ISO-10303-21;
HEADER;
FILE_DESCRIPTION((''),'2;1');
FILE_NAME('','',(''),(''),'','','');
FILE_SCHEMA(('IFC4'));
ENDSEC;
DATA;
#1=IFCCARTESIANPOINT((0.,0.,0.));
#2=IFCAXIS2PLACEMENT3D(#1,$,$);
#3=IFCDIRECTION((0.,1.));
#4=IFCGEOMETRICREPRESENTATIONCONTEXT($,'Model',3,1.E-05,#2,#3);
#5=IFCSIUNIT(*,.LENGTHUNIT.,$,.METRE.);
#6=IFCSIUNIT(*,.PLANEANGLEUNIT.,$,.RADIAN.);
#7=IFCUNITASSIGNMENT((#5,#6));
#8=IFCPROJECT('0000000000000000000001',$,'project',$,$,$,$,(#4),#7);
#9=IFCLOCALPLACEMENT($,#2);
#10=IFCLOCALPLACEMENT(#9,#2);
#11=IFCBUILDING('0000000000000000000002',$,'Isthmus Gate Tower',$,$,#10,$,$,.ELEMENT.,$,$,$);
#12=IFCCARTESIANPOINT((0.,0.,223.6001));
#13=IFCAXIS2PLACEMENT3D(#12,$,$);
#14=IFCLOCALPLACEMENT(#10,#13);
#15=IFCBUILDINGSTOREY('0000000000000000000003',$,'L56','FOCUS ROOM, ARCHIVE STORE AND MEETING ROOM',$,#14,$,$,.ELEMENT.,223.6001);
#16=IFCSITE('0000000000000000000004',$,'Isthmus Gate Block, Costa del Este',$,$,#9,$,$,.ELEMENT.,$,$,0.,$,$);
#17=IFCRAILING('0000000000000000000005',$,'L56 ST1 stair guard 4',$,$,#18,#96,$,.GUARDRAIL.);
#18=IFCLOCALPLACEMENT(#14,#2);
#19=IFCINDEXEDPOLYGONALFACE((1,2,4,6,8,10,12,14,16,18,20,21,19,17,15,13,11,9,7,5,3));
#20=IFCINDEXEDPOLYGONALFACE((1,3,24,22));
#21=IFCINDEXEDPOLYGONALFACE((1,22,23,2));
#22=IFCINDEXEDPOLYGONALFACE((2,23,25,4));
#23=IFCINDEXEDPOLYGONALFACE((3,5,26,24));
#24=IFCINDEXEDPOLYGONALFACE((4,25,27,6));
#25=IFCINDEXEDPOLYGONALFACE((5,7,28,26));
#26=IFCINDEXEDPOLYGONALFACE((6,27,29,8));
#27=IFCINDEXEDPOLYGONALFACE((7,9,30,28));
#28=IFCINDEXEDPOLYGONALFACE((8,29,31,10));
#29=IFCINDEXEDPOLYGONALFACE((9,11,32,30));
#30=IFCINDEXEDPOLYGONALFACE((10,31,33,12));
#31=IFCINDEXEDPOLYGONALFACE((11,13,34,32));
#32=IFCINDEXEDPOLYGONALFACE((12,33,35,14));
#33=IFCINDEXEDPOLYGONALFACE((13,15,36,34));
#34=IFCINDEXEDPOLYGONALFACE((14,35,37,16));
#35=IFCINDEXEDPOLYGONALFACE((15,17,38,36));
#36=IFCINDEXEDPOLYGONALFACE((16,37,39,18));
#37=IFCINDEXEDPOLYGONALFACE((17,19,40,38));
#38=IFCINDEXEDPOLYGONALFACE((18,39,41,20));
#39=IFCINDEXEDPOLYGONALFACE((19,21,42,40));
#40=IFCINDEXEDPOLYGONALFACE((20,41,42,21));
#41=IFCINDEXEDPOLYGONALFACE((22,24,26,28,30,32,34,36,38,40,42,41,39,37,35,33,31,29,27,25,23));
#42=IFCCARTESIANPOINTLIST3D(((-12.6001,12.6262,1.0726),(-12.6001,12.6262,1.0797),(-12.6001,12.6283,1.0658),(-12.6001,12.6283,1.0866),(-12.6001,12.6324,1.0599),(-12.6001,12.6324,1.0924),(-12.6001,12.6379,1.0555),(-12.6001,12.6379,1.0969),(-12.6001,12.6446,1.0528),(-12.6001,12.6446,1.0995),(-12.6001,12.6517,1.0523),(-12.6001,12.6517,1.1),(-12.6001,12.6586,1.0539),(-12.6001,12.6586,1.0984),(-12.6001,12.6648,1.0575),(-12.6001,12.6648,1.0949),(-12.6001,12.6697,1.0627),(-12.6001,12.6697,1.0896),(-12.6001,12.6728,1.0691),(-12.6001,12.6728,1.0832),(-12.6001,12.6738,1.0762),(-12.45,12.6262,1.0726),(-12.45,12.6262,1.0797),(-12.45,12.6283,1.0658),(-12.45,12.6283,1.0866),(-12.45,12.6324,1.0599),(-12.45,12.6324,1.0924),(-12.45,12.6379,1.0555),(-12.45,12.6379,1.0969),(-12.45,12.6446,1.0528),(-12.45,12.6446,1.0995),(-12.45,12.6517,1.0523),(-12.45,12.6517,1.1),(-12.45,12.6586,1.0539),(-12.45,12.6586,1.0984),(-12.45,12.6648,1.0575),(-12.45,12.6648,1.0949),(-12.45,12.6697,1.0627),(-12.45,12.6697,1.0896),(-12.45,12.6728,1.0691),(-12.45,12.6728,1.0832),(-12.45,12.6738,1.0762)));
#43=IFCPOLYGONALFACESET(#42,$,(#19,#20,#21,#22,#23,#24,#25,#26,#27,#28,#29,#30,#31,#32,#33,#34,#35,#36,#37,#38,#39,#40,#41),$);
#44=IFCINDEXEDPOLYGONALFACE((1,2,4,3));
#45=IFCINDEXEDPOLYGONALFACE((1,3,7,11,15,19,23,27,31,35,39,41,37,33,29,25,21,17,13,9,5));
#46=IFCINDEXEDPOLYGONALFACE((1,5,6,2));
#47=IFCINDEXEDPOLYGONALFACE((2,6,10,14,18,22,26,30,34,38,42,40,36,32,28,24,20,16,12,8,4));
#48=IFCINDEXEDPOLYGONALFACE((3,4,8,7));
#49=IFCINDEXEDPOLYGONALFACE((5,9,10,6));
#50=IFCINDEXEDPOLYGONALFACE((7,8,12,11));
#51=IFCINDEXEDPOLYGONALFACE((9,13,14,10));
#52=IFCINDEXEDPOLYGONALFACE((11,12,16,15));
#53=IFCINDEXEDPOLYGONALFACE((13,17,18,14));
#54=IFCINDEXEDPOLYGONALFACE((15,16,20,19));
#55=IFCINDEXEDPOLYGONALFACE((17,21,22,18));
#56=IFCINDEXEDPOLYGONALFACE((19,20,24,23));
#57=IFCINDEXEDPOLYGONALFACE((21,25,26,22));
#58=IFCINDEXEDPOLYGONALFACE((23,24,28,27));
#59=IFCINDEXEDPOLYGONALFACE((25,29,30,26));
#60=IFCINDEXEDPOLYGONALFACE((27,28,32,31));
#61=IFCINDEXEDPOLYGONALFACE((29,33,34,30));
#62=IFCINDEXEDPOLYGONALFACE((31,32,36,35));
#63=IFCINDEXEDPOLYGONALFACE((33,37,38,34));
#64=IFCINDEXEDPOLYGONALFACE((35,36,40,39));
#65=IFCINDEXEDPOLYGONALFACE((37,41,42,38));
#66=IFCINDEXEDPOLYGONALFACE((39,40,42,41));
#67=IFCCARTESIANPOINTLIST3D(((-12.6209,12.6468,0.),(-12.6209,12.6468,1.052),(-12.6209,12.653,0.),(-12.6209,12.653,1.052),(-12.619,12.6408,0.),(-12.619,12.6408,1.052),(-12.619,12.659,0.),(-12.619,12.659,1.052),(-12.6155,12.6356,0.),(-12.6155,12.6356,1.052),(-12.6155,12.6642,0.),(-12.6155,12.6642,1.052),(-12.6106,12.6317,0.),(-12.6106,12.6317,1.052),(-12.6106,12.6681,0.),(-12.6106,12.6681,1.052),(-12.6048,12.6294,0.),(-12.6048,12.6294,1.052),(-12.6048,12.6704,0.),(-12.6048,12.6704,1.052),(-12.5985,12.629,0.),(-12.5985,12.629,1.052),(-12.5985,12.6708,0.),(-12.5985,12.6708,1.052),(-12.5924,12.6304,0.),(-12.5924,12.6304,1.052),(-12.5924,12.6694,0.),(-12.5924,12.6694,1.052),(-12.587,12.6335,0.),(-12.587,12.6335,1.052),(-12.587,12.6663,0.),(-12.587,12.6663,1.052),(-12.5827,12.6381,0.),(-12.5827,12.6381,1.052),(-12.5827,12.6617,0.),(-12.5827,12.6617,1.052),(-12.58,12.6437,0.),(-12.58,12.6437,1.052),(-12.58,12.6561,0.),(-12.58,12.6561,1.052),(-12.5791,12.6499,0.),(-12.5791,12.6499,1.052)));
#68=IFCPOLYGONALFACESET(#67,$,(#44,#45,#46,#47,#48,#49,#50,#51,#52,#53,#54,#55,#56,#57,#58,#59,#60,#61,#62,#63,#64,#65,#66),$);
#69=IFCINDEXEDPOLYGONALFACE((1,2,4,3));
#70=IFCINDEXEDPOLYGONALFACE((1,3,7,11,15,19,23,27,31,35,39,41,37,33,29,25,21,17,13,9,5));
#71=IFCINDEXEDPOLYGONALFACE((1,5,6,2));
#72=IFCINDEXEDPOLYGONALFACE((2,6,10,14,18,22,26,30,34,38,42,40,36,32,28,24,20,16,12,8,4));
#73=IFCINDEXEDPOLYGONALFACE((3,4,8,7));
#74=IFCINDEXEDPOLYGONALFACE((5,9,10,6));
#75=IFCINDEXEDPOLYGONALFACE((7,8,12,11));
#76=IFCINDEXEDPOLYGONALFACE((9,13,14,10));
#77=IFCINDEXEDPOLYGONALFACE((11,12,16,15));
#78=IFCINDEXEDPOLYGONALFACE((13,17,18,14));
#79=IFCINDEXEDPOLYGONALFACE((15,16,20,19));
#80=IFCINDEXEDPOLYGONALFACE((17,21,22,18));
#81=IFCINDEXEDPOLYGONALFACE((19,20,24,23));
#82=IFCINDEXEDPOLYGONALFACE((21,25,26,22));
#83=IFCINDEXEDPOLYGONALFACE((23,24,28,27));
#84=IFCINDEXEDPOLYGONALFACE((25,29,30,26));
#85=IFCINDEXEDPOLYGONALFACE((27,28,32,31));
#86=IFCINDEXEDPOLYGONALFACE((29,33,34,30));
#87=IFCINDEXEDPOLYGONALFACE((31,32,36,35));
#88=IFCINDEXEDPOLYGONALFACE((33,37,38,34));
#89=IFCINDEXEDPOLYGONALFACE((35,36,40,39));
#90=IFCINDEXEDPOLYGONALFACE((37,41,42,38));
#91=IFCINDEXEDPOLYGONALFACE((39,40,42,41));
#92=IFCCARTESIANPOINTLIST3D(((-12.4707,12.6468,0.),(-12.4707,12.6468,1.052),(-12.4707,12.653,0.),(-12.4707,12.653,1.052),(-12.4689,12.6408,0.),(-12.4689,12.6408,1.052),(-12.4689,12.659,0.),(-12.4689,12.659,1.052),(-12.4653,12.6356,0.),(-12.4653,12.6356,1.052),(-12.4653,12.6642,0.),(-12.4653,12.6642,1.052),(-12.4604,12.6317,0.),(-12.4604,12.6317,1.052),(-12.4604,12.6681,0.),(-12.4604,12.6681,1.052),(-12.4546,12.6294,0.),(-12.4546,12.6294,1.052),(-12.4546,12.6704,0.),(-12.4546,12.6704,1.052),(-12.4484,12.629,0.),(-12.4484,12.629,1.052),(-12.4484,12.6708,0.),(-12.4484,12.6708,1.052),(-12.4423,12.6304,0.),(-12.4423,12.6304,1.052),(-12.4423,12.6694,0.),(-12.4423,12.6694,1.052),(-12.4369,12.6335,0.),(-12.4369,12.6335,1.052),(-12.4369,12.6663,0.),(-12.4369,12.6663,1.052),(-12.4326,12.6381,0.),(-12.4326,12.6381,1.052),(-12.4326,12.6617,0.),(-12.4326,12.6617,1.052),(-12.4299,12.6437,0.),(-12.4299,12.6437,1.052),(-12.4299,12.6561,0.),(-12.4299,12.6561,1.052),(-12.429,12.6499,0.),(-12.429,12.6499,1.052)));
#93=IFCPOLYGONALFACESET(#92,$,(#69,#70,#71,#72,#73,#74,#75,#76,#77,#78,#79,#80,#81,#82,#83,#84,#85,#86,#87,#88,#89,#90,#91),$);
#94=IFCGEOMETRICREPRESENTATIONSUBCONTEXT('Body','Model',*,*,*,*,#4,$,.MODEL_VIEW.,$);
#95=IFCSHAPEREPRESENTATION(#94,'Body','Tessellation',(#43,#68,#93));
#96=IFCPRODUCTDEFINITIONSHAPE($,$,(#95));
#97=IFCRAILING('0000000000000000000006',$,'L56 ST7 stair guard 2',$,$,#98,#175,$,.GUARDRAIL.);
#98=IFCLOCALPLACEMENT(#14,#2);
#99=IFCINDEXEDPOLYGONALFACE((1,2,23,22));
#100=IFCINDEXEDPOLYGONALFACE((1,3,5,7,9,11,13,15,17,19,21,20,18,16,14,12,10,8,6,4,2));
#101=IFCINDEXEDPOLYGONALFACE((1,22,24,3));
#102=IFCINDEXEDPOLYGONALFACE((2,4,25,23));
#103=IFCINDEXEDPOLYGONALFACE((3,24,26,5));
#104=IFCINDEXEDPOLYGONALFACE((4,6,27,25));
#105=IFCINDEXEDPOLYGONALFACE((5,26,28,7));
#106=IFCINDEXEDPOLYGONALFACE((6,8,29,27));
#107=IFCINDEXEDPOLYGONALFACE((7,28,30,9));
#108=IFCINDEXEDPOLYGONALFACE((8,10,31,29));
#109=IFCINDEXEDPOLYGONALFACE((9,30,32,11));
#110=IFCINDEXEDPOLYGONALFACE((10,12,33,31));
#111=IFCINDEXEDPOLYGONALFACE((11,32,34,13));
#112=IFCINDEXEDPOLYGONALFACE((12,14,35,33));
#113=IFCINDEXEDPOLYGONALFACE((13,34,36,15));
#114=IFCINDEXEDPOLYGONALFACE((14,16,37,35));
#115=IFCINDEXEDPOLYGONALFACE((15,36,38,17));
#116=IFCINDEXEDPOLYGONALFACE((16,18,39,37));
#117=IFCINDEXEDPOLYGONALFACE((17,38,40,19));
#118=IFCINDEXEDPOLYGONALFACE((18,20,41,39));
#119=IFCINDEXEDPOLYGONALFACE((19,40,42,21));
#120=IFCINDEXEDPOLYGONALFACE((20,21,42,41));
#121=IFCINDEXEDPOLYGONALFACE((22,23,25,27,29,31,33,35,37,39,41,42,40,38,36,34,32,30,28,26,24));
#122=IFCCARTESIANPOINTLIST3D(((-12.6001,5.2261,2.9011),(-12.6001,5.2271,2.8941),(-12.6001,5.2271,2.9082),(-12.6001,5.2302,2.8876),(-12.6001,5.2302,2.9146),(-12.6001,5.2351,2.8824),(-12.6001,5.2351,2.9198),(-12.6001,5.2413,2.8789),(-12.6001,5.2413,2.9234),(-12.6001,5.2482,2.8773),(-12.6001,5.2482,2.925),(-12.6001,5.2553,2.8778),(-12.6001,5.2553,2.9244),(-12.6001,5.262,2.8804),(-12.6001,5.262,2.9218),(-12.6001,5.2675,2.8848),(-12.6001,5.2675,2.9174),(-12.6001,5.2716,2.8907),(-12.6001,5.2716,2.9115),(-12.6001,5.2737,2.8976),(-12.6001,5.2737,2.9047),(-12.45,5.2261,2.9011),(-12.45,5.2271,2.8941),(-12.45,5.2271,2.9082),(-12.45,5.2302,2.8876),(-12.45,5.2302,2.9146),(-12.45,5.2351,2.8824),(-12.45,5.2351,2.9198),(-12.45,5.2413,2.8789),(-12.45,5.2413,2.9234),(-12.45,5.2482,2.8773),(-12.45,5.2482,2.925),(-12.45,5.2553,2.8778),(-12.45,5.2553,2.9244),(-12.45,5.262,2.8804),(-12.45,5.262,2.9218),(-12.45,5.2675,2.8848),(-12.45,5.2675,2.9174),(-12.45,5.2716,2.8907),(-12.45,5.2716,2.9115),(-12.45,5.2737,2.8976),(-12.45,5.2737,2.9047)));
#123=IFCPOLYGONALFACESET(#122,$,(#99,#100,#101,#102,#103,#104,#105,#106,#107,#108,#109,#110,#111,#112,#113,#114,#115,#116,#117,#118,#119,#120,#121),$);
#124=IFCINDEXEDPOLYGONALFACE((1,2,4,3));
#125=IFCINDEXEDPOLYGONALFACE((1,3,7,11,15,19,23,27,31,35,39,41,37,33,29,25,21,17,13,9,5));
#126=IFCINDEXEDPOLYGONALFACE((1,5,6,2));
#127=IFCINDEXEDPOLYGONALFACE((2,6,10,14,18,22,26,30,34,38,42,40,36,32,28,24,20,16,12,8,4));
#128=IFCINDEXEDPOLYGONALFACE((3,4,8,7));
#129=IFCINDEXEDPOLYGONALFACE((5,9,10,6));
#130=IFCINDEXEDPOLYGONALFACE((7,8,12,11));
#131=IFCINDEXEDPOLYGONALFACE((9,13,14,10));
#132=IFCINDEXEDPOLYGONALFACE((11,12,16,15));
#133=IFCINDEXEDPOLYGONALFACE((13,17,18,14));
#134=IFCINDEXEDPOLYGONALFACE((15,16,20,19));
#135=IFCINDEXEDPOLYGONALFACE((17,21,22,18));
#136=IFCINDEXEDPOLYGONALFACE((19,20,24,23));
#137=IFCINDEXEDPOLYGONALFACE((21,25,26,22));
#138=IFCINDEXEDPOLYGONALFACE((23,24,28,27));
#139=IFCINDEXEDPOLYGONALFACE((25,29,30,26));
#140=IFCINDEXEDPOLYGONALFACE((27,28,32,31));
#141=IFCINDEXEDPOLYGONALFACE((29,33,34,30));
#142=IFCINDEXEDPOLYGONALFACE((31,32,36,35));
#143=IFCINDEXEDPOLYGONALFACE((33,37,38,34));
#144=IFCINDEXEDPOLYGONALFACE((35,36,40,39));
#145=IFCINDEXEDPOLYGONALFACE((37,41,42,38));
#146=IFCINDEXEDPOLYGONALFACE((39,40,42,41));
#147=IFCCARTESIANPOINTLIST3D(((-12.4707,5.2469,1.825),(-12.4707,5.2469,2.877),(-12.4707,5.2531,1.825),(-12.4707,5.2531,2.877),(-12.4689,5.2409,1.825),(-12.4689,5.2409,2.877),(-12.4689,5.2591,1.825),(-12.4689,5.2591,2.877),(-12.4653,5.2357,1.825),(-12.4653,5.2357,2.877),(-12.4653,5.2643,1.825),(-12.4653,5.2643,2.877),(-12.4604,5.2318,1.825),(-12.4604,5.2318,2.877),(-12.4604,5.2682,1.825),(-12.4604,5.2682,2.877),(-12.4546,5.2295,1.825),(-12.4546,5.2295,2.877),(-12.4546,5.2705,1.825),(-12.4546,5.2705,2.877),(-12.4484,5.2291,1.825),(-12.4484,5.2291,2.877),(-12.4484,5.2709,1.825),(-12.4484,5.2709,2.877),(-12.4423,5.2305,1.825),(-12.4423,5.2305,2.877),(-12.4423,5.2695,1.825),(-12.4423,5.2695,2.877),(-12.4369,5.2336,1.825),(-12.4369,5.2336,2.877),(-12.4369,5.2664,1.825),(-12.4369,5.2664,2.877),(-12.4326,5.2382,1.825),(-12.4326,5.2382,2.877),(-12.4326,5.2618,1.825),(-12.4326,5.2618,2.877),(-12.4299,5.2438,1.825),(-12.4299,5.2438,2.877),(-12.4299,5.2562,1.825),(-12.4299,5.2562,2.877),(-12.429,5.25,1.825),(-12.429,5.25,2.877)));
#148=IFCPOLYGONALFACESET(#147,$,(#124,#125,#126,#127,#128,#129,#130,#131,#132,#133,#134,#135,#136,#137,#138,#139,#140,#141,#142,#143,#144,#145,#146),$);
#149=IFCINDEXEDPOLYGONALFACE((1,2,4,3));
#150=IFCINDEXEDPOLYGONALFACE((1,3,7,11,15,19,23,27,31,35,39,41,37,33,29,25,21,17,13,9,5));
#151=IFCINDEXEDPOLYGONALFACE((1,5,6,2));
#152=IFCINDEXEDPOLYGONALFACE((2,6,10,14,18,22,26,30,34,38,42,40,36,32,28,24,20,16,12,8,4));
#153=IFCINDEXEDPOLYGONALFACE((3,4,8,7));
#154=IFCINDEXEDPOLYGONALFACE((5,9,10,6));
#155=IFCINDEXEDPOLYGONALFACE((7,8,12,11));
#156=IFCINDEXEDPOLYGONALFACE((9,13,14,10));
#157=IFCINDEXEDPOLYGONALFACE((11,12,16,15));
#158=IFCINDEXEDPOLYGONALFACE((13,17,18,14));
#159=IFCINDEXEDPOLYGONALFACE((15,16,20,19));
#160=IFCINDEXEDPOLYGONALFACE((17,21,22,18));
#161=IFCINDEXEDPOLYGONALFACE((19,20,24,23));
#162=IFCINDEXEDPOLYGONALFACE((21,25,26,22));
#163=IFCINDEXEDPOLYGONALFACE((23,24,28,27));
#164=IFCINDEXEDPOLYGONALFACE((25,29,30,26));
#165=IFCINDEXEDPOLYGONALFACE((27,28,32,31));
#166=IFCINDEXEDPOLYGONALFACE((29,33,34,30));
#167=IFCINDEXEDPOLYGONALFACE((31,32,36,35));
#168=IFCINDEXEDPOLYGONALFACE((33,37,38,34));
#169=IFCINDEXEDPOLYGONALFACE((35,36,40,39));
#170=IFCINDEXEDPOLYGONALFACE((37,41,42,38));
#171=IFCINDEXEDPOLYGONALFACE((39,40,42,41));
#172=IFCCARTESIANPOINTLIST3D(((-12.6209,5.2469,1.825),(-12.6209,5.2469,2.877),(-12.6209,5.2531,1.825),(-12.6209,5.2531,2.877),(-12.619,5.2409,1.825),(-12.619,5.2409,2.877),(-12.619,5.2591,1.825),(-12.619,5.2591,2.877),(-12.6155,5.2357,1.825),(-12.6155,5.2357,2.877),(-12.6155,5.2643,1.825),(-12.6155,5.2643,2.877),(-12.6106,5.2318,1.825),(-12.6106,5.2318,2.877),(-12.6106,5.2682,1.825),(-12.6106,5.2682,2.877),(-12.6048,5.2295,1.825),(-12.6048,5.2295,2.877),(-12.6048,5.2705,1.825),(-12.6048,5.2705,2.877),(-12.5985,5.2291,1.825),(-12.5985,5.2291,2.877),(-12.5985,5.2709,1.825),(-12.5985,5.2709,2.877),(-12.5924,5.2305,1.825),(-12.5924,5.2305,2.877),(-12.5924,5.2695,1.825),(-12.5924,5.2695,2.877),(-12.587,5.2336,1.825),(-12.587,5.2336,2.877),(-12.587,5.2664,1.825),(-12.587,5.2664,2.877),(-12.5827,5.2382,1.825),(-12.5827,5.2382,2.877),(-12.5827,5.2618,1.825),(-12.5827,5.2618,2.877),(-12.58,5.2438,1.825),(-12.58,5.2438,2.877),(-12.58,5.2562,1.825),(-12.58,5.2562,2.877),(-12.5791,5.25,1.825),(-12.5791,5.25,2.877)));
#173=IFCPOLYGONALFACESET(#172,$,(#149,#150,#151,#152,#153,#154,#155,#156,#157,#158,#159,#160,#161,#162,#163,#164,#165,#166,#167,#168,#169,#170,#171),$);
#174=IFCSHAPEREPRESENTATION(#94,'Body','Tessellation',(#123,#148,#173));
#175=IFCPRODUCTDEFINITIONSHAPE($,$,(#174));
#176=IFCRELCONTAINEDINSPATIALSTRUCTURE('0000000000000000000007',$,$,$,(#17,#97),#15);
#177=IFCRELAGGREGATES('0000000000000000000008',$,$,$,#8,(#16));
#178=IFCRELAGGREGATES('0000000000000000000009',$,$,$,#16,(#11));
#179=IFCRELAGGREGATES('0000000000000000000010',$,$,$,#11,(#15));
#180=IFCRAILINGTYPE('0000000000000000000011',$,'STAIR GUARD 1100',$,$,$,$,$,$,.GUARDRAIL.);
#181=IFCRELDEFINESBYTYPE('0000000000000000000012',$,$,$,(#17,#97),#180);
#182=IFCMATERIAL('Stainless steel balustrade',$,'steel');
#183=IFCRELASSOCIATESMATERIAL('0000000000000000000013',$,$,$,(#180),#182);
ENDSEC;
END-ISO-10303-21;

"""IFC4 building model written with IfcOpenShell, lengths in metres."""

from ifc_helpers import new_model, si_unit, direction, frame, origin, origin_2d, place, context, subcontext, project, spatial, circle, extrude, material, type_object, element, save


model = new_model("IFC4")

# Units and contexts
model_context = context("Model", 3, precision=1e-05, world=origin(), true_north=direction((0.0, 1.0)))
body_context = subcontext(model_context, "Body", "Model", "MODEL_VIEW")
ifc_project = project(units=[si_unit("LENGTHUNIT", "METRE"), si_unit("PLANEANGLEUNIT", "RADIAN")], contexts=[model_context])

# Site, building, storey
site_placement = place(None, origin())
site = spatial("IfcSite", under=ifc_project, at=site_placement, Name="Isthmus Gate Block, Costa del Este", CompositionType="ELEMENT", RefElevation=0.0)
building_placement = place(site_placement, origin())
building = spatial("IfcBuilding", under=site, at=building_placement, Name="Isthmus Gate Tower", CompositionType="ELEMENT")
storey_placement = place(building_placement, frame((0.0, 0.0, 223.6001)))
storey = spatial("IfcBuildingStorey", under=building, at=storey_placement, Name="L56", Description="FOCUS ROOM, ARCHIVE STORE AND MEETING ROOM", CompositionType="ELEMENT", Elevation=223.6001)

# Railings
ifc_material_1 = material(Name="Stainless steel balustrade", Category="steel")
railing_type_1 = type_object("IfcRailingType", Name="STAIR GUARD 1100", PredefinedType="GUARDRAIL", material=ifc_material_1)
railing_1_placement = place(storey_placement, frame((-12.6001, 12.6499, 0.0)))
element("IfcRailing", 1, at=railing_1_placement, inside=storey, type_object=railing_type_1, Name="L56 ST1 stair guard 4", PredefinedType="GUARDRAIL", context=body_context, shape_type="SweptSolid", body=[
    extrude(circle(Radius=0.0239, at=origin_2d()), frame((0.0, 0.0, 1.0762), z_axis=(1.0, 0.0, 0.0), x_axis=(0.0, 1.0, 0.0)), (0.0, 0.0, 1.0), 0.1501),
    extrude(circle(Radius=0.021, at=origin_2d()), origin(), (0.0, 0.0, 1.0), 1.052),
    extrude(circle(Radius=0.021, at=origin_2d()), frame((0.1501, 0.0, 0.0)), (0.0, 0.0, 1.0), 1.052),
])
railing_2_placement = place(storey_placement, frame((-12.45, 5.25, 1.825)))
element("IfcRailing", 2, at=railing_2_placement, inside=storey, type_object=railing_type_1, Name="L56 ST7 stair guard 2", PredefinedType="GUARDRAIL", context=body_context, shape_type="SweptSolid", body=[
    extrude(circle(Radius=0.0239, at=origin_2d()), frame((0.0, 0.0, 1.0762), z_axis=(-1.0, 0.0, 0.0), x_axis=(0.0, -1.0, 0.0)), (0.0, 0.0, 1.0), 0.1501),
    extrude(circle(Radius=0.021, at=origin_2d()), origin(), (0.0, 0.0, 1.0), 1.052),
    extrude(circle(Radius=0.021, at=origin_2d()), frame((-0.1501, 0.0, 0.0)), (0.0, 0.0, 1.0), 1.052),
])

save(model, "model.ifc")
